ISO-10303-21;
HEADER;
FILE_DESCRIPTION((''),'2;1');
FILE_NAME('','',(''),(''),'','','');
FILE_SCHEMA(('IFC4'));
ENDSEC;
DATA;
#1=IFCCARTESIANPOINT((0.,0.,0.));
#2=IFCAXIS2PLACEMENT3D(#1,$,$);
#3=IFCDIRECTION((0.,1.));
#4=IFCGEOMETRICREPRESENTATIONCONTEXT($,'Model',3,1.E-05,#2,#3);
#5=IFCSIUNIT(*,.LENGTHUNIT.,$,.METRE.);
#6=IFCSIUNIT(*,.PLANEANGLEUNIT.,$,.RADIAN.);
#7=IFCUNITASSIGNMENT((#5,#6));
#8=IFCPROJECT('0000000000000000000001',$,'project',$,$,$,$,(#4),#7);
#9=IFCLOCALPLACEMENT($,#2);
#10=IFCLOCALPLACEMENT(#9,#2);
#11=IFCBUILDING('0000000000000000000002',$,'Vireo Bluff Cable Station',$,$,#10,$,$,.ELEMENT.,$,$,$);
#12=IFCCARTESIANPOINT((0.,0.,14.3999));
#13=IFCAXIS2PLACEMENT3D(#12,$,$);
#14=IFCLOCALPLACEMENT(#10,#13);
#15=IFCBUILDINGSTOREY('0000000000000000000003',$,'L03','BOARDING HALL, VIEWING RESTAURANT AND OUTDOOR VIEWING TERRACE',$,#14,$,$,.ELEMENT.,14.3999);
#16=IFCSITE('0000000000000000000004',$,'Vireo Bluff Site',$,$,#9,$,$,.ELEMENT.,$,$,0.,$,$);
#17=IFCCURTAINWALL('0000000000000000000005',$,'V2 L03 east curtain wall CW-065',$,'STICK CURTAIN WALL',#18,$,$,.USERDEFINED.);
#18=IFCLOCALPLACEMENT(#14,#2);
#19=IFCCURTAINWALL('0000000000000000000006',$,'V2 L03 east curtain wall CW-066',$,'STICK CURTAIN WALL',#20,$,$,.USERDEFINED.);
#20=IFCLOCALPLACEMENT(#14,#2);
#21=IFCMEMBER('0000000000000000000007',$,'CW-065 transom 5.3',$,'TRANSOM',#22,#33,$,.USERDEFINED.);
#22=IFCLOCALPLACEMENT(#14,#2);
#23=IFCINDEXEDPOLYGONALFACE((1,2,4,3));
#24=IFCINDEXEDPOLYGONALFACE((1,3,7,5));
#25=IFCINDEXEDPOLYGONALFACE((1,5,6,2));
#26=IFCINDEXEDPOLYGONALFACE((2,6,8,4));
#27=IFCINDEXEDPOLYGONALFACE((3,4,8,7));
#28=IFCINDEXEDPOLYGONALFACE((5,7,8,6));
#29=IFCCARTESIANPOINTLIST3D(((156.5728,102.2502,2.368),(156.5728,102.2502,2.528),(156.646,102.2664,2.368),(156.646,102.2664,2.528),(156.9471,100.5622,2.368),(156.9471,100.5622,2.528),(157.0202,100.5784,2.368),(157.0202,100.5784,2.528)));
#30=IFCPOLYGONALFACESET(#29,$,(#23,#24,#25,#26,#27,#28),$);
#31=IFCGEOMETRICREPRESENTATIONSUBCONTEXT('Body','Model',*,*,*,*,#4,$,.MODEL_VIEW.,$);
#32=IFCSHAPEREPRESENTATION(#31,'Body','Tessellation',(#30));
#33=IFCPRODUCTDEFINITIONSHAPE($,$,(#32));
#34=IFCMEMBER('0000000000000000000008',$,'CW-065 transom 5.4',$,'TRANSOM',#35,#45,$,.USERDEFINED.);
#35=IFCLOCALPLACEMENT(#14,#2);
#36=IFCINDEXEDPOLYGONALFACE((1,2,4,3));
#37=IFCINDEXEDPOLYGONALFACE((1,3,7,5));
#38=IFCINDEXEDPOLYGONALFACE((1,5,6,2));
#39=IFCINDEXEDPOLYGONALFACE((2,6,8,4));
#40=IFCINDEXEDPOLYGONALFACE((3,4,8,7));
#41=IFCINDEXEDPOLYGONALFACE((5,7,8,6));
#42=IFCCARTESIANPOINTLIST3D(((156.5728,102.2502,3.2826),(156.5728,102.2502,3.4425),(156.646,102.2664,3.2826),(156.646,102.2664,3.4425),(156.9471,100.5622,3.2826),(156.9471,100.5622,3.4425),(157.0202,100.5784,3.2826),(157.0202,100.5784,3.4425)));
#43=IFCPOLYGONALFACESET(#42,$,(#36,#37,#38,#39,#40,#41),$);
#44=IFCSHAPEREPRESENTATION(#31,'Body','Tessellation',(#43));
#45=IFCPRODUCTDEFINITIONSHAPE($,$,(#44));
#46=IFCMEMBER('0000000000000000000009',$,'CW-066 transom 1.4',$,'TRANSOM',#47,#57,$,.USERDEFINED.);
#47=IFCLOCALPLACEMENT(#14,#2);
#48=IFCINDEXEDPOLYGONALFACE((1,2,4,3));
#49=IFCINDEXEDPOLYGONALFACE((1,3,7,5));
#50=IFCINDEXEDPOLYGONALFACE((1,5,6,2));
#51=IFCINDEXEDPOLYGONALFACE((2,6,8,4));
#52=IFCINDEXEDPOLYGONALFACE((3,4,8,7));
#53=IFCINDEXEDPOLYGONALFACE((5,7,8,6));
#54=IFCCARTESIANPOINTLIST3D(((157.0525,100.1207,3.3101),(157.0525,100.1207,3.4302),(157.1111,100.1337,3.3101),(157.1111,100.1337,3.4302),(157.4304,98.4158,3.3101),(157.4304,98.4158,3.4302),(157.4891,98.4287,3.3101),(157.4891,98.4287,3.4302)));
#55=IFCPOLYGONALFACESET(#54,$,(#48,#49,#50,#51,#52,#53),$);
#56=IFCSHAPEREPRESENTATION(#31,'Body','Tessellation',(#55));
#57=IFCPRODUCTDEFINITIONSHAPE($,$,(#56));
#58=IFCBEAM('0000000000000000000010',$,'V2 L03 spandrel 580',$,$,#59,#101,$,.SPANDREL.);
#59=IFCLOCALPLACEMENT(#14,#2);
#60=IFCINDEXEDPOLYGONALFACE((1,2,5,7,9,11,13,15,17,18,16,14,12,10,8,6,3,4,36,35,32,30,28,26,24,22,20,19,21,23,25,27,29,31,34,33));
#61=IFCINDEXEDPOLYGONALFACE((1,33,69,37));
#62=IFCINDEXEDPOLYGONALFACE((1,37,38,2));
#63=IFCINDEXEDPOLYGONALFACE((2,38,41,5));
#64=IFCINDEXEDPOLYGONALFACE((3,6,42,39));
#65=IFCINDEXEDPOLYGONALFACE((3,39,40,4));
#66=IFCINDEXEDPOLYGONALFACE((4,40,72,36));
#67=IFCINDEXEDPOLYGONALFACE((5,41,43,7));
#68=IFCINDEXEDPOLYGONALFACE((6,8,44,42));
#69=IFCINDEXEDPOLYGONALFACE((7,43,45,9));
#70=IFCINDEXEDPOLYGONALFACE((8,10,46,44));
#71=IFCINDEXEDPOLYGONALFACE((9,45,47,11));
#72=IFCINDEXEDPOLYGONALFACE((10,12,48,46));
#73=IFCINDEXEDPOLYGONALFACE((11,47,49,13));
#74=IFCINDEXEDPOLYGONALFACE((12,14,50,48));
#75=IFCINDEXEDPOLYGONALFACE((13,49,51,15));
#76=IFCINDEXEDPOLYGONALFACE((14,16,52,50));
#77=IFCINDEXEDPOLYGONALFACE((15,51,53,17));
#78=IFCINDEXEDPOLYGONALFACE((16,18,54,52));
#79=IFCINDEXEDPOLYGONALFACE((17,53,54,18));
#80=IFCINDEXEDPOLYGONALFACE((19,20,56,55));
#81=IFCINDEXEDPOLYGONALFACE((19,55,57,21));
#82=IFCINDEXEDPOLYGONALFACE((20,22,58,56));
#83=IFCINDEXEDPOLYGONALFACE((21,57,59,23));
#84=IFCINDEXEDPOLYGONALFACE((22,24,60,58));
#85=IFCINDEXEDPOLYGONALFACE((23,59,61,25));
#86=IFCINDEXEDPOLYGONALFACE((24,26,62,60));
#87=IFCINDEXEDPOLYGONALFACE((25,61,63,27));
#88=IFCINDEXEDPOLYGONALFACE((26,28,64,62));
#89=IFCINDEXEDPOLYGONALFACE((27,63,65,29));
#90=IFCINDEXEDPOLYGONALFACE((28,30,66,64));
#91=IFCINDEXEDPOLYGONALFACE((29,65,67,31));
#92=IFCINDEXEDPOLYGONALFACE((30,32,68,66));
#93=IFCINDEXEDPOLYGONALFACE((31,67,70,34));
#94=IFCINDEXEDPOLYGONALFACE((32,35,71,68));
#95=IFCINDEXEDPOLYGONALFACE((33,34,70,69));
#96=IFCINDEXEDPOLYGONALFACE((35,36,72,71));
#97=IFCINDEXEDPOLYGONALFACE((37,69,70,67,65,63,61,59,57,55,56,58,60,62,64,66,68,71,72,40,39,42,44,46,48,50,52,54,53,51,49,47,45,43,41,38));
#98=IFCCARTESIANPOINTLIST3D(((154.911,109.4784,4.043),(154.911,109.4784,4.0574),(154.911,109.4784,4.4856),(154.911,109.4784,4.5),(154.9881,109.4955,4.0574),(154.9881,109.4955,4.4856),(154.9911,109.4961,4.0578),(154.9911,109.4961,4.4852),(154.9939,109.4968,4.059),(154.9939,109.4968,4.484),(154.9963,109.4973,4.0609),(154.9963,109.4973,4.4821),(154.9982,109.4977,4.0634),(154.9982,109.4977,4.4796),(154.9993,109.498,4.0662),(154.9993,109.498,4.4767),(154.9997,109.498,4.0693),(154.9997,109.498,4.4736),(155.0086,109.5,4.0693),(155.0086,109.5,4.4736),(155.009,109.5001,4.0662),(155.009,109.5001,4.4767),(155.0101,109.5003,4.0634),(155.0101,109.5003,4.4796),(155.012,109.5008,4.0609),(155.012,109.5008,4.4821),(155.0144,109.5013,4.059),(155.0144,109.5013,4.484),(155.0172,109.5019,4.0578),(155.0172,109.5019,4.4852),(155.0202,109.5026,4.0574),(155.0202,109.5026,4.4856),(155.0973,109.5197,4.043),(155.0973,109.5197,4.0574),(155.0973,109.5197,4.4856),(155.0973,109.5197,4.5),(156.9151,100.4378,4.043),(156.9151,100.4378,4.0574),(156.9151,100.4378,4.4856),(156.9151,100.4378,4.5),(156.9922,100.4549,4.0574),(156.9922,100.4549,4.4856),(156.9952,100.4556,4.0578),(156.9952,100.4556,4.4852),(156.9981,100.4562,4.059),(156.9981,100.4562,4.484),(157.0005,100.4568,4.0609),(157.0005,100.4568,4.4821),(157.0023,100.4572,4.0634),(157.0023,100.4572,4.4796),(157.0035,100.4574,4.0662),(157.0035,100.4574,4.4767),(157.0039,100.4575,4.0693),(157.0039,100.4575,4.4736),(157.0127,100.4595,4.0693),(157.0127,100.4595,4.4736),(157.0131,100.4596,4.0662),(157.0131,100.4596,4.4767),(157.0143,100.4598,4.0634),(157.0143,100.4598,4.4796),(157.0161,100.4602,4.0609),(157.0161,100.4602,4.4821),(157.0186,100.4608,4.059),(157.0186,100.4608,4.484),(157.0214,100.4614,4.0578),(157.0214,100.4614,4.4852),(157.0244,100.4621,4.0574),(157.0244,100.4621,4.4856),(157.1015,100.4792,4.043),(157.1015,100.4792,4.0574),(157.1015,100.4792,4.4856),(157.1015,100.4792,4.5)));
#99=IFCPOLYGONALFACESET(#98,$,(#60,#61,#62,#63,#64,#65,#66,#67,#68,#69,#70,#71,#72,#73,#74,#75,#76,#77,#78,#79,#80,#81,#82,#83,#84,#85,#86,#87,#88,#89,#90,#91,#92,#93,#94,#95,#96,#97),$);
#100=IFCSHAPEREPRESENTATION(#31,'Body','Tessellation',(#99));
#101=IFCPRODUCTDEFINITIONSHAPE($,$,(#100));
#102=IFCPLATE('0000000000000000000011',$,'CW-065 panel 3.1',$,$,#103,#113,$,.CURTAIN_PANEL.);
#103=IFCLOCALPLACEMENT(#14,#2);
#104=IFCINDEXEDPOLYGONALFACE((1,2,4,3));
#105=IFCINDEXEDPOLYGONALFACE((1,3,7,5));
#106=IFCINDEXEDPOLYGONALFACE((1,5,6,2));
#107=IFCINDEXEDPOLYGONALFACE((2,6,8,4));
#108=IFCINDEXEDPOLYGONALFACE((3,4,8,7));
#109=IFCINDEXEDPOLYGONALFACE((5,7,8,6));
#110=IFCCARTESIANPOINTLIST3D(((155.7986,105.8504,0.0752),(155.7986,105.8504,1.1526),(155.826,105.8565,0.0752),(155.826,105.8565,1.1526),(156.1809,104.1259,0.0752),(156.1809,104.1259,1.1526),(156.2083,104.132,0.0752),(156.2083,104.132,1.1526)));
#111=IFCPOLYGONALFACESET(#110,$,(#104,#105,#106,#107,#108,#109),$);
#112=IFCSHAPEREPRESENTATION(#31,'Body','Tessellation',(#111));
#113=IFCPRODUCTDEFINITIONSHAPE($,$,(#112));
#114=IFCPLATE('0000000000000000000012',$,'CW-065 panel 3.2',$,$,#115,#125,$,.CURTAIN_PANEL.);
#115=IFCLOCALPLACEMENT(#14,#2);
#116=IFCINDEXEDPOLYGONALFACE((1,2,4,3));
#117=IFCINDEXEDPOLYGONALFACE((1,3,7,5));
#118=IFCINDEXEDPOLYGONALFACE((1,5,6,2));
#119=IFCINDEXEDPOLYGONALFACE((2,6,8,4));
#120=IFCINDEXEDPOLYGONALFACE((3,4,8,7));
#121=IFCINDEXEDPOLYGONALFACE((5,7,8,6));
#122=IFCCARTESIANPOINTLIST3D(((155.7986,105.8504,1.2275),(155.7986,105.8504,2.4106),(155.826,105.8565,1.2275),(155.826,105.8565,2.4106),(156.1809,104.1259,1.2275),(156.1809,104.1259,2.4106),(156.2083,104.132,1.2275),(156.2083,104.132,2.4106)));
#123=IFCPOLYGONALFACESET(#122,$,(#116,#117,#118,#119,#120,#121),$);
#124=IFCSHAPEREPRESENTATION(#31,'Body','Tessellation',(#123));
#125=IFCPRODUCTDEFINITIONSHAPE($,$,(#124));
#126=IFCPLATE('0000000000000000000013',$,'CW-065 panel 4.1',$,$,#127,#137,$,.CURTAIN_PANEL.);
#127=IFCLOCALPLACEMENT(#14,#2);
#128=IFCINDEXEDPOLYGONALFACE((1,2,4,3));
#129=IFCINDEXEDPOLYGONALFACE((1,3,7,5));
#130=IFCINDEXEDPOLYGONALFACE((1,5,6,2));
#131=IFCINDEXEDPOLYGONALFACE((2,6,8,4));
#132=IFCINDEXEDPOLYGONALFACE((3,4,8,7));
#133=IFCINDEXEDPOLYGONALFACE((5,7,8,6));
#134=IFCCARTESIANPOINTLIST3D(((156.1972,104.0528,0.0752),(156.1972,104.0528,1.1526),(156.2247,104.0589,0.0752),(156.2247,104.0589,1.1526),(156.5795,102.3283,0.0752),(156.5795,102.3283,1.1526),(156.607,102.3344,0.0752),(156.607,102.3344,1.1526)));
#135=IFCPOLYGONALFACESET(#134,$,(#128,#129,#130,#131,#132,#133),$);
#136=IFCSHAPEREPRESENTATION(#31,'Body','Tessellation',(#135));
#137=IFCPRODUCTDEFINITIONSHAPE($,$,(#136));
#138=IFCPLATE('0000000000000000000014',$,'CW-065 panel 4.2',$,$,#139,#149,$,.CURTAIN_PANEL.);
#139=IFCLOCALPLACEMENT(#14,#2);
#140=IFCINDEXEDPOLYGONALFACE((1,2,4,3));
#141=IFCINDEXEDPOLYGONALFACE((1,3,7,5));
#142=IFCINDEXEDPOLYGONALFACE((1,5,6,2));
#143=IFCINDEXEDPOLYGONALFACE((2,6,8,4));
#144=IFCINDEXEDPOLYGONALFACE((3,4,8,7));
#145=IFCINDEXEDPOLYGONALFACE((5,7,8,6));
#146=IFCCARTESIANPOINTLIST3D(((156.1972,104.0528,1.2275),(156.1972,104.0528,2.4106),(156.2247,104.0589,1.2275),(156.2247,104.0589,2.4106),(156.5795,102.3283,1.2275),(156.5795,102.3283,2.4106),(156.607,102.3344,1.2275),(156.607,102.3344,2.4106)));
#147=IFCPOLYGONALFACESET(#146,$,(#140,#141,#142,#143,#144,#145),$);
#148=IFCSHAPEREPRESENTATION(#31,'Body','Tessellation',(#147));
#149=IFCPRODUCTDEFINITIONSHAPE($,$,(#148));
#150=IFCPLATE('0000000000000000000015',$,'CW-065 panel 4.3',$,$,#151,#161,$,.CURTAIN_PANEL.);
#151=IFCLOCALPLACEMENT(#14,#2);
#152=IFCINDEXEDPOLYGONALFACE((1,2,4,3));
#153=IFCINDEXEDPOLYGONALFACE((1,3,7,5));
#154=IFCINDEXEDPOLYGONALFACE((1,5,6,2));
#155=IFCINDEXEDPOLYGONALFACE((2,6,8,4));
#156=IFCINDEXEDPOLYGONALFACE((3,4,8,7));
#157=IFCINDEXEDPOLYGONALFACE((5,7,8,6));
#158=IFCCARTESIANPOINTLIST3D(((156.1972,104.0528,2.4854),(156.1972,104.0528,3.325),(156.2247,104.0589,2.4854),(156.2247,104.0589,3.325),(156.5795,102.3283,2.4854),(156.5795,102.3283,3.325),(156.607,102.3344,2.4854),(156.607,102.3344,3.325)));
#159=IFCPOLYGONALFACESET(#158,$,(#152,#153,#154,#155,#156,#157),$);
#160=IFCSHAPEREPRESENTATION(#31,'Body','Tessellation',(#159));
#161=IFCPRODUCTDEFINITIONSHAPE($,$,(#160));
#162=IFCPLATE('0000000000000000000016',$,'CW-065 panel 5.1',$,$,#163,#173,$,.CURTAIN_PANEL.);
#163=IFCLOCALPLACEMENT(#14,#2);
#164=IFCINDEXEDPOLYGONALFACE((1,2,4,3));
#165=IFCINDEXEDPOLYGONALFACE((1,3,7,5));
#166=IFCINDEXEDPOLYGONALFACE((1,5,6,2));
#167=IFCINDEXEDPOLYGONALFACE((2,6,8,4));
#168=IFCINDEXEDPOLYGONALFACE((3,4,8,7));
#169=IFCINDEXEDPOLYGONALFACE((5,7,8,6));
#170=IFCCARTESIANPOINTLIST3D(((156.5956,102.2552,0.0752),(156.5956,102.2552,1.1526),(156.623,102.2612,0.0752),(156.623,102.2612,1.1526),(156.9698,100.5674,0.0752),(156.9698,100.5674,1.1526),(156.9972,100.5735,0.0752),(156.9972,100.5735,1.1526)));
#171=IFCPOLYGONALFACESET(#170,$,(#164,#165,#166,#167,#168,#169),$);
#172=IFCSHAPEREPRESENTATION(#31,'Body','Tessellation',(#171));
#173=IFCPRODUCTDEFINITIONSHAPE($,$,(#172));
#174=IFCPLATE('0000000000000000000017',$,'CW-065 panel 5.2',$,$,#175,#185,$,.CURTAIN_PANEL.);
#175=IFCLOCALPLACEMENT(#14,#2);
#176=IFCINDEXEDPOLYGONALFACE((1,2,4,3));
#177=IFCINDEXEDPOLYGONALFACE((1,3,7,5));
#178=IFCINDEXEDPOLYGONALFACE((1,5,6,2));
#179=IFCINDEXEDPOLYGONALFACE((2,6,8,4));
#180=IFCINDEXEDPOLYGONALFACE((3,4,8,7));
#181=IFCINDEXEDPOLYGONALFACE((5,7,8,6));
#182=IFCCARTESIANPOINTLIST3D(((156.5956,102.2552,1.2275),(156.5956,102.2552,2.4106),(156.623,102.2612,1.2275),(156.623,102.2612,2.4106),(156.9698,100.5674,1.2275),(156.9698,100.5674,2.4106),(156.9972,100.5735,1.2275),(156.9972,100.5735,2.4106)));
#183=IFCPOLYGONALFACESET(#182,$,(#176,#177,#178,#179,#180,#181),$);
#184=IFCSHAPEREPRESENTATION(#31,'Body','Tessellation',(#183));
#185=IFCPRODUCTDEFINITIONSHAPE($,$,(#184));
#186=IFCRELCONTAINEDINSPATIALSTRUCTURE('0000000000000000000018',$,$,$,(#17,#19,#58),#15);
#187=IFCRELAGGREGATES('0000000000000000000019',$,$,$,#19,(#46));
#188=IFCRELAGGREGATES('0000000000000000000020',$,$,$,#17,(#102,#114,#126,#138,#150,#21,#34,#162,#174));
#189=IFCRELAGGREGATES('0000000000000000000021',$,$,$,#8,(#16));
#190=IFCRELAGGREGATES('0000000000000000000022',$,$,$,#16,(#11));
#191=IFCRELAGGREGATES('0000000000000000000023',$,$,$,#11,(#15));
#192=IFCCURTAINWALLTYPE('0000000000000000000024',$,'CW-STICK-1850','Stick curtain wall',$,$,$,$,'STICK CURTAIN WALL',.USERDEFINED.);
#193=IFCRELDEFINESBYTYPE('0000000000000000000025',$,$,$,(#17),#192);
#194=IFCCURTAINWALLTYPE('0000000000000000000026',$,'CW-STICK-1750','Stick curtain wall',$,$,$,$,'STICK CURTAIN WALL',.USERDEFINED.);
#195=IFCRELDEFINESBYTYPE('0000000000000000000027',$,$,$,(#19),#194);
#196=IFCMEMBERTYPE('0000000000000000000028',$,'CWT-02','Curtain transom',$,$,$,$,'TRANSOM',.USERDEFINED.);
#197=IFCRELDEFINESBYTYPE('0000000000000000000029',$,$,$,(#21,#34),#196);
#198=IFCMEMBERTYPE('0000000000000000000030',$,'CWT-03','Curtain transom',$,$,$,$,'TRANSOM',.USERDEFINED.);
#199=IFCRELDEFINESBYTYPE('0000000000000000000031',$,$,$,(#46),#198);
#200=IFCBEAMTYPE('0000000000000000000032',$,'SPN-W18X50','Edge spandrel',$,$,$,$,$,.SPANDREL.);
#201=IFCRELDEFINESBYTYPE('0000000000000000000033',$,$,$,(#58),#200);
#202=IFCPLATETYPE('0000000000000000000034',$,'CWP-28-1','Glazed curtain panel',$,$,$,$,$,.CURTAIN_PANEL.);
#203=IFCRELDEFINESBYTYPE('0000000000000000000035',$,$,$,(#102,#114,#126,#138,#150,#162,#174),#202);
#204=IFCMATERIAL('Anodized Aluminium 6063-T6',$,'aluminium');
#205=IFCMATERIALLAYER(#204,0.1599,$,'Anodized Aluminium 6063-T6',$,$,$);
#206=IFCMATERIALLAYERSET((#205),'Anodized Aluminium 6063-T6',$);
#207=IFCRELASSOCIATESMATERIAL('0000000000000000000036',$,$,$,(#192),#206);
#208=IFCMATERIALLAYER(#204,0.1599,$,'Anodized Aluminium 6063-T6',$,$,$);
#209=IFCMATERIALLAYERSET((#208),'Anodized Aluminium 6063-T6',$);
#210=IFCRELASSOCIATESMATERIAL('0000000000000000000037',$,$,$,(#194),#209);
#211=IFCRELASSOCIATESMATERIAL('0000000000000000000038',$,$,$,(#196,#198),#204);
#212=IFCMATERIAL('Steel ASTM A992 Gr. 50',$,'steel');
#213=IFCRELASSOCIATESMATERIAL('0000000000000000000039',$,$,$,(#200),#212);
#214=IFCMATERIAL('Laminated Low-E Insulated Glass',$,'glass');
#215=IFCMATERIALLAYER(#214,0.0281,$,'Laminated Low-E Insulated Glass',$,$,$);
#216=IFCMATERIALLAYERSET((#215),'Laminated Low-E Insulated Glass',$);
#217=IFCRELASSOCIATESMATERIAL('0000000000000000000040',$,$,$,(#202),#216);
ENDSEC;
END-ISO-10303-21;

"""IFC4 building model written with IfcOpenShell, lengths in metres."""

from ifc_helpers import new_model, si_unit, direction, frame, origin, origin_2d, place, context, subcontext, project, spatial, rectangle, i_section, extrude, material, layer, layer_set, material_profile, profile_set, type_object, element, aggregate, save


model = new_model("IFC4")

# Units and contexts
model_context = context("Model", 3, precision=1e-05, world=origin(), true_north=direction((0.0, 1.0)))
body_context = subcontext(model_context, "Body", "Model", "MODEL_VIEW")
ifc_project = project(units=[si_unit("LENGTHUNIT", "METRE"), si_unit("PLANEANGLEUNIT", "RADIAN")], contexts=[model_context])

# Site, building, storey
site_placement = place(None, origin())
site = spatial("IfcSite", under=ifc_project, at=site_placement, Name="Vireo Bluff Site", CompositionType="ELEMENT", RefElevation=0.0)
building_placement = place(site_placement, origin())
building = spatial("IfcBuilding", under=site, at=building_placement, Name="Vireo Bluff Cable Station", CompositionType="ELEMENT")
storey_placement = place(building_placement, frame((0.0, 0.0, 14.3999)))
storey = spatial("IfcBuildingStorey", under=building, at=storey_placement, Name="L03", Description="BOARDING HALL, VIEWING RESTAURANT AND OUTDOOR VIEWING TERRACE", CompositionType="ELEMENT", Elevation=14.3999)

# Shared definitions
ifc_material_1 = material(Name="Steel ASTM A992 Gr. 50", Category="steel")

# Curtain wall
ifc_material_2 = material(Name="Anodized Aluminium 6063-T6", Category="aluminium")
ifc_layer_1 = layer(ifc_material_2, 0.1599, Name="Anodized Aluminium 6063-T6")
ifc_layer_set_1 = layer_set([ifc_layer_1], Name="Anodized Aluminium 6063-T6")
curtain_wall_type_1 = type_object("IfcCurtainWallType", Name="CW-STICK-1850", Description="Stick curtain wall", ElementType="STICK CURTAIN WALL", PredefinedType="USERDEFINED", material=ifc_layer_set_1)
curtain_wall_1_placement = place(storey_placement, origin())
curtain_wall_1 = element("IfcCurtainWall", 1, at=curtain_wall_1_placement, inside=storey, type_object=curtain_wall_type_1, Name="V2 L03 east curtain wall CW-065", ObjectType="STICK CURTAIN WALL", PredefinedType="USERDEFINED")

# Curtain wall
ifc_layer_2 = layer(ifc_material_2, 0.1599, Name="Anodized Aluminium 6063-T6")
ifc_layer_set_2 = layer_set([ifc_layer_2], Name="Anodized Aluminium 6063-T6")
curtain_wall_type_2 = type_object("IfcCurtainWallType", Name="CW-STICK-1750", Description="Stick curtain wall", ElementType="STICK CURTAIN WALL", PredefinedType="USERDEFINED", material=ifc_layer_set_2)
curtain_wall_2_placement = place(storey_placement, origin())
curtain_wall_2 = element("IfcCurtainWall", 2, at=curtain_wall_2_placement, inside=storey, type_object=curtain_wall_type_2, Name="V2 L03 east curtain wall CW-066", ObjectType="STICK CURTAIN WALL", PredefinedType="USERDEFINED")

# Members
ifc_material_profile_1 = material_profile(ifc_material_2, rectangle(XDim=0.075, YDim=0.1599, at=origin_2d()), Name="ALU-T-75X160")
ifc_profile_set_1 = profile_set([ifc_material_profile_1], Name="Anodized Aluminium 6063-T6")
member_type_1 = type_object("IfcMemberType", Name="CWT-02", Description="Curtain transom", ElementType="TRANSOM", PredefinedType="USERDEFINED", material=ifc_profile_set_1)
member_1_placement = place(storey_placement, frame((156.6094, 102.2583, 2.448), z_axis=(0.216467, -0.97629, 0.0), x_axis=(0.97629, 0.216467, 0.0)))
member_1 = element("IfcMember", 3, at=member_1_placement, type_object=member_type_1, Name="CW-065 transom 5.3", ObjectType="TRANSOM", PredefinedType="USERDEFINED", context=body_context, shape_type="SweptSolid", body=[
    extrude(rectangle(XDim=0.075, YDim=0.1599, at=origin_2d()), origin(), (0.0, 0.0, 1.0), 1.729),
])
member_2_placement = place(storey_placement, frame((156.6094, 102.2583, 3.3625), z_axis=(0.216467, -0.97629, 0.0), x_axis=(0.97629, 0.216467, 0.0)))
member_2 = element("IfcMember", 4, at=member_2_placement, type_object=member_type_1, Name="CW-065 transom 5.4", ObjectType="TRANSOM", PredefinedType="USERDEFINED", context=body_context, shape_type="SweptSolid", body=[
    extrude(rectangle(XDim=0.075, YDim=0.1599, at=origin_2d()), origin(), (0.0, 0.0, 1.0), 1.729),
])
ifc_material_profile_2 = material_profile(ifc_material_2, rectangle(XDim=0.0601, YDim=0.1201, at=origin_2d()), Name="ALU-T-60X120")
ifc_profile_set_2 = profile_set([ifc_material_profile_2], Name="Anodized Aluminium 6063-T6")
member_type_2 = type_object("IfcMemberType", Name="CWT-03", Description="Curtain transom", ElementType="TRANSOM", PredefinedType="USERDEFINED", material=ifc_profile_set_2)
member_3_placement = place(storey_placement, frame((157.0818, 100.1272, 3.3701), z_axis=(0.216427, -0.976299, 0.0), x_axis=(0.976299, 0.216427, 0.0)))
member_3 = element("IfcMember", 5, at=member_3_placement, type_object=member_type_2, Name="CW-066 transom 1.4", ObjectType="TRANSOM", PredefinedType="USERDEFINED", context=body_context, shape_type="SweptSolid", body=[
    extrude(rectangle(XDim=0.0601, YDim=0.1201, at=origin_2d()), origin(), (0.0, 0.0, 1.0), 1.7463),
])
aggregate(curtain_wall_2, [member_3])

# Beam
ifc_material_profile_3 = material_profile(ifc_material_1, i_section(OverallWidth=0.1909, OverallDepth=0.457, WebThickness=0.009, FlangeThickness=0.0144, FilletRadius=0.012, at=origin_2d()), Name="W18X50")
ifc_profile_set_3 = profile_set([ifc_material_profile_3], Name="Steel ASTM A992 Gr. 50")
beam_type = type_object("IfcBeamType", Name="SPN-W18X50", Description="Edge spandrel", PredefinedType="SPANDREL", material=ifc_profile_set_3)
beam_placement = place(storey_placement, frame((157.0083, 100.4585, 4.2715), z_axis=(-0.216431, 0.976298, 0.0), x_axis=(-0.976298, -0.216431, 0.0)))
element("IfcBeam", 6, at=beam_placement, inside=storey, type_object=beam_type, Name="V2 L03 spandrel 580", PredefinedType="SPANDREL", context=body_context, shape_type="SweptSolid", body=[
    extrude(i_section(OverallWidth=0.1909, OverallDepth=0.457, WebThickness=0.009, FlangeThickness=0.0144, FilletRadius=0.012, at=origin_2d()), origin(), (0.0, 0.0, 1.0), 9.26),
])

# Plates
ifc_material_3 = material(Name="Laminated Low-E Insulated Glass", Category="glass")
ifc_layer_3 = layer(ifc_material_3, 0.0281, Name="Laminated Low-E Insulated Glass")
ifc_layer_set_3 = layer_set([ifc_layer_3], Name="Laminated Low-E Insulated Glass")
plate_type = type_object("IfcPlateType", Name="CWP-28-1", Description="Glazed curtain panel", PredefinedType="CURTAIN_PANEL", material=ifc_layer_set_3)
plate_1_placement = place(storey_placement, frame((156.0034, 104.9912, 0.0752), z_axis=(0.0, 0.0, 1.0), x_axis=(0.21644, -0.976296, 0.0)))
plate_1 = element("IfcPlate", 7, at=plate_1_placement, type_object=plate_type, Name="CW-065 panel 3.1", PredefinedType="CURTAIN_PANEL", context=body_context, shape_type="SweptSolid", body=[
    extrude(rectangle(XDim=1.7664, YDim=0.0281, at=origin_2d()), origin(), (0.0, 0.0, 1.0), 1.0774),
])
plate_2_placement = place(storey_placement, frame((156.0034, 104.9912, 1.2275), z_axis=(0.0, 0.0, 1.0), x_axis=(0.21644, -0.976296, 0.0)))
plate_2 = element("IfcPlate", 8, at=plate_2_placement, type_object=plate_type, Name="CW-065 panel 3.2", PredefinedType="CURTAIN_PANEL", context=body_context, shape_type="SweptSolid", body=[
    extrude(rectangle(XDim=1.7664, YDim=0.0281, at=origin_2d()), origin(), (0.0, 0.0, 1.0), 1.1831),
])
plate_3_placement = place(storey_placement, frame((156.4021, 103.1936, 0.0752), z_axis=(0.0, 0.0, 1.0), x_axis=(0.21644, -0.976296, 0.0)))
plate_3 = element("IfcPlate", 9, at=plate_3_placement, type_object=plate_type, Name="CW-065 panel 4.1", PredefinedType="CURTAIN_PANEL", context=body_context, shape_type="SweptSolid", body=[
    extrude(rectangle(XDim=1.7664, YDim=0.0281, at=origin_2d()), origin(), (0.0, 0.0, 1.0), 1.0774),
])
plate_4_placement = place(storey_placement, frame((156.4021, 103.1936, 1.2275), z_axis=(0.0, 0.0, 1.0), x_axis=(0.21644, -0.976296, 0.0)))
plate_4 = element("IfcPlate", 10, at=plate_4_placement, type_object=plate_type, Name="CW-065 panel 4.2", PredefinedType="CURTAIN_PANEL", context=body_context, shape_type="SweptSolid", body=[
    extrude(rectangle(XDim=1.7664, YDim=0.0281, at=origin_2d()), origin(), (0.0, 0.0, 1.0), 1.1831),
])
plate_5_placement = place(storey_placement, frame((156.4021, 103.1936, 2.4854), z_axis=(0.0, 0.0, 1.0), x_axis=(0.21644, -0.976296, 0.0)))
plate_5 = element("IfcPlate", 11, at=plate_5_placement, type_object=plate_type, Name="CW-065 panel 4.3", PredefinedType="CURTAIN_PANEL", context=body_context, shape_type="SweptSolid", body=[
    extrude(rectangle(XDim=1.7664, YDim=0.0281, at=origin_2d()), origin(), (0.0, 0.0, 1.0), 0.8396),
])
plate_6_placement = place(storey_placement, frame((156.7964, 101.4143, 0.0752), z_axis=(0.0, 0.0, 1.0), x_axis=(0.21644, -0.976296, 0.0)))
plate_6 = element("IfcPlate", 12, at=plate_6_placement, type_object=plate_type, Name="CW-065 panel 5.1", PredefinedType="CURTAIN_PANEL", context=body_context, shape_type="SweptSolid", body=[
    extrude(rectangle(XDim=1.7288, YDim=0.0281, at=origin_2d()), origin(), (0.0, 0.0, 1.0), 1.0774),
])
plate_7_placement = place(storey_placement, frame((156.7964, 101.4143, 1.2275), z_axis=(0.0, 0.0, 1.0), x_axis=(0.21644, -0.976296, 0.0)))
plate_7 = element("IfcPlate", 13, at=plate_7_placement, type_object=plate_type, Name="CW-065 panel 5.2", PredefinedType="CURTAIN_PANEL", context=body_context, shape_type="SweptSolid", body=[
    extrude(rectangle(XDim=1.7288, YDim=0.0281, at=origin_2d()), origin(), (0.0, 0.0, 1.0), 1.1831),
])
aggregate(curtain_wall_1, [plate_1, plate_2, plate_3, plate_4, plate_5, member_1, member_2, plate_6, plate_7])

save(model, "model.ifc")
